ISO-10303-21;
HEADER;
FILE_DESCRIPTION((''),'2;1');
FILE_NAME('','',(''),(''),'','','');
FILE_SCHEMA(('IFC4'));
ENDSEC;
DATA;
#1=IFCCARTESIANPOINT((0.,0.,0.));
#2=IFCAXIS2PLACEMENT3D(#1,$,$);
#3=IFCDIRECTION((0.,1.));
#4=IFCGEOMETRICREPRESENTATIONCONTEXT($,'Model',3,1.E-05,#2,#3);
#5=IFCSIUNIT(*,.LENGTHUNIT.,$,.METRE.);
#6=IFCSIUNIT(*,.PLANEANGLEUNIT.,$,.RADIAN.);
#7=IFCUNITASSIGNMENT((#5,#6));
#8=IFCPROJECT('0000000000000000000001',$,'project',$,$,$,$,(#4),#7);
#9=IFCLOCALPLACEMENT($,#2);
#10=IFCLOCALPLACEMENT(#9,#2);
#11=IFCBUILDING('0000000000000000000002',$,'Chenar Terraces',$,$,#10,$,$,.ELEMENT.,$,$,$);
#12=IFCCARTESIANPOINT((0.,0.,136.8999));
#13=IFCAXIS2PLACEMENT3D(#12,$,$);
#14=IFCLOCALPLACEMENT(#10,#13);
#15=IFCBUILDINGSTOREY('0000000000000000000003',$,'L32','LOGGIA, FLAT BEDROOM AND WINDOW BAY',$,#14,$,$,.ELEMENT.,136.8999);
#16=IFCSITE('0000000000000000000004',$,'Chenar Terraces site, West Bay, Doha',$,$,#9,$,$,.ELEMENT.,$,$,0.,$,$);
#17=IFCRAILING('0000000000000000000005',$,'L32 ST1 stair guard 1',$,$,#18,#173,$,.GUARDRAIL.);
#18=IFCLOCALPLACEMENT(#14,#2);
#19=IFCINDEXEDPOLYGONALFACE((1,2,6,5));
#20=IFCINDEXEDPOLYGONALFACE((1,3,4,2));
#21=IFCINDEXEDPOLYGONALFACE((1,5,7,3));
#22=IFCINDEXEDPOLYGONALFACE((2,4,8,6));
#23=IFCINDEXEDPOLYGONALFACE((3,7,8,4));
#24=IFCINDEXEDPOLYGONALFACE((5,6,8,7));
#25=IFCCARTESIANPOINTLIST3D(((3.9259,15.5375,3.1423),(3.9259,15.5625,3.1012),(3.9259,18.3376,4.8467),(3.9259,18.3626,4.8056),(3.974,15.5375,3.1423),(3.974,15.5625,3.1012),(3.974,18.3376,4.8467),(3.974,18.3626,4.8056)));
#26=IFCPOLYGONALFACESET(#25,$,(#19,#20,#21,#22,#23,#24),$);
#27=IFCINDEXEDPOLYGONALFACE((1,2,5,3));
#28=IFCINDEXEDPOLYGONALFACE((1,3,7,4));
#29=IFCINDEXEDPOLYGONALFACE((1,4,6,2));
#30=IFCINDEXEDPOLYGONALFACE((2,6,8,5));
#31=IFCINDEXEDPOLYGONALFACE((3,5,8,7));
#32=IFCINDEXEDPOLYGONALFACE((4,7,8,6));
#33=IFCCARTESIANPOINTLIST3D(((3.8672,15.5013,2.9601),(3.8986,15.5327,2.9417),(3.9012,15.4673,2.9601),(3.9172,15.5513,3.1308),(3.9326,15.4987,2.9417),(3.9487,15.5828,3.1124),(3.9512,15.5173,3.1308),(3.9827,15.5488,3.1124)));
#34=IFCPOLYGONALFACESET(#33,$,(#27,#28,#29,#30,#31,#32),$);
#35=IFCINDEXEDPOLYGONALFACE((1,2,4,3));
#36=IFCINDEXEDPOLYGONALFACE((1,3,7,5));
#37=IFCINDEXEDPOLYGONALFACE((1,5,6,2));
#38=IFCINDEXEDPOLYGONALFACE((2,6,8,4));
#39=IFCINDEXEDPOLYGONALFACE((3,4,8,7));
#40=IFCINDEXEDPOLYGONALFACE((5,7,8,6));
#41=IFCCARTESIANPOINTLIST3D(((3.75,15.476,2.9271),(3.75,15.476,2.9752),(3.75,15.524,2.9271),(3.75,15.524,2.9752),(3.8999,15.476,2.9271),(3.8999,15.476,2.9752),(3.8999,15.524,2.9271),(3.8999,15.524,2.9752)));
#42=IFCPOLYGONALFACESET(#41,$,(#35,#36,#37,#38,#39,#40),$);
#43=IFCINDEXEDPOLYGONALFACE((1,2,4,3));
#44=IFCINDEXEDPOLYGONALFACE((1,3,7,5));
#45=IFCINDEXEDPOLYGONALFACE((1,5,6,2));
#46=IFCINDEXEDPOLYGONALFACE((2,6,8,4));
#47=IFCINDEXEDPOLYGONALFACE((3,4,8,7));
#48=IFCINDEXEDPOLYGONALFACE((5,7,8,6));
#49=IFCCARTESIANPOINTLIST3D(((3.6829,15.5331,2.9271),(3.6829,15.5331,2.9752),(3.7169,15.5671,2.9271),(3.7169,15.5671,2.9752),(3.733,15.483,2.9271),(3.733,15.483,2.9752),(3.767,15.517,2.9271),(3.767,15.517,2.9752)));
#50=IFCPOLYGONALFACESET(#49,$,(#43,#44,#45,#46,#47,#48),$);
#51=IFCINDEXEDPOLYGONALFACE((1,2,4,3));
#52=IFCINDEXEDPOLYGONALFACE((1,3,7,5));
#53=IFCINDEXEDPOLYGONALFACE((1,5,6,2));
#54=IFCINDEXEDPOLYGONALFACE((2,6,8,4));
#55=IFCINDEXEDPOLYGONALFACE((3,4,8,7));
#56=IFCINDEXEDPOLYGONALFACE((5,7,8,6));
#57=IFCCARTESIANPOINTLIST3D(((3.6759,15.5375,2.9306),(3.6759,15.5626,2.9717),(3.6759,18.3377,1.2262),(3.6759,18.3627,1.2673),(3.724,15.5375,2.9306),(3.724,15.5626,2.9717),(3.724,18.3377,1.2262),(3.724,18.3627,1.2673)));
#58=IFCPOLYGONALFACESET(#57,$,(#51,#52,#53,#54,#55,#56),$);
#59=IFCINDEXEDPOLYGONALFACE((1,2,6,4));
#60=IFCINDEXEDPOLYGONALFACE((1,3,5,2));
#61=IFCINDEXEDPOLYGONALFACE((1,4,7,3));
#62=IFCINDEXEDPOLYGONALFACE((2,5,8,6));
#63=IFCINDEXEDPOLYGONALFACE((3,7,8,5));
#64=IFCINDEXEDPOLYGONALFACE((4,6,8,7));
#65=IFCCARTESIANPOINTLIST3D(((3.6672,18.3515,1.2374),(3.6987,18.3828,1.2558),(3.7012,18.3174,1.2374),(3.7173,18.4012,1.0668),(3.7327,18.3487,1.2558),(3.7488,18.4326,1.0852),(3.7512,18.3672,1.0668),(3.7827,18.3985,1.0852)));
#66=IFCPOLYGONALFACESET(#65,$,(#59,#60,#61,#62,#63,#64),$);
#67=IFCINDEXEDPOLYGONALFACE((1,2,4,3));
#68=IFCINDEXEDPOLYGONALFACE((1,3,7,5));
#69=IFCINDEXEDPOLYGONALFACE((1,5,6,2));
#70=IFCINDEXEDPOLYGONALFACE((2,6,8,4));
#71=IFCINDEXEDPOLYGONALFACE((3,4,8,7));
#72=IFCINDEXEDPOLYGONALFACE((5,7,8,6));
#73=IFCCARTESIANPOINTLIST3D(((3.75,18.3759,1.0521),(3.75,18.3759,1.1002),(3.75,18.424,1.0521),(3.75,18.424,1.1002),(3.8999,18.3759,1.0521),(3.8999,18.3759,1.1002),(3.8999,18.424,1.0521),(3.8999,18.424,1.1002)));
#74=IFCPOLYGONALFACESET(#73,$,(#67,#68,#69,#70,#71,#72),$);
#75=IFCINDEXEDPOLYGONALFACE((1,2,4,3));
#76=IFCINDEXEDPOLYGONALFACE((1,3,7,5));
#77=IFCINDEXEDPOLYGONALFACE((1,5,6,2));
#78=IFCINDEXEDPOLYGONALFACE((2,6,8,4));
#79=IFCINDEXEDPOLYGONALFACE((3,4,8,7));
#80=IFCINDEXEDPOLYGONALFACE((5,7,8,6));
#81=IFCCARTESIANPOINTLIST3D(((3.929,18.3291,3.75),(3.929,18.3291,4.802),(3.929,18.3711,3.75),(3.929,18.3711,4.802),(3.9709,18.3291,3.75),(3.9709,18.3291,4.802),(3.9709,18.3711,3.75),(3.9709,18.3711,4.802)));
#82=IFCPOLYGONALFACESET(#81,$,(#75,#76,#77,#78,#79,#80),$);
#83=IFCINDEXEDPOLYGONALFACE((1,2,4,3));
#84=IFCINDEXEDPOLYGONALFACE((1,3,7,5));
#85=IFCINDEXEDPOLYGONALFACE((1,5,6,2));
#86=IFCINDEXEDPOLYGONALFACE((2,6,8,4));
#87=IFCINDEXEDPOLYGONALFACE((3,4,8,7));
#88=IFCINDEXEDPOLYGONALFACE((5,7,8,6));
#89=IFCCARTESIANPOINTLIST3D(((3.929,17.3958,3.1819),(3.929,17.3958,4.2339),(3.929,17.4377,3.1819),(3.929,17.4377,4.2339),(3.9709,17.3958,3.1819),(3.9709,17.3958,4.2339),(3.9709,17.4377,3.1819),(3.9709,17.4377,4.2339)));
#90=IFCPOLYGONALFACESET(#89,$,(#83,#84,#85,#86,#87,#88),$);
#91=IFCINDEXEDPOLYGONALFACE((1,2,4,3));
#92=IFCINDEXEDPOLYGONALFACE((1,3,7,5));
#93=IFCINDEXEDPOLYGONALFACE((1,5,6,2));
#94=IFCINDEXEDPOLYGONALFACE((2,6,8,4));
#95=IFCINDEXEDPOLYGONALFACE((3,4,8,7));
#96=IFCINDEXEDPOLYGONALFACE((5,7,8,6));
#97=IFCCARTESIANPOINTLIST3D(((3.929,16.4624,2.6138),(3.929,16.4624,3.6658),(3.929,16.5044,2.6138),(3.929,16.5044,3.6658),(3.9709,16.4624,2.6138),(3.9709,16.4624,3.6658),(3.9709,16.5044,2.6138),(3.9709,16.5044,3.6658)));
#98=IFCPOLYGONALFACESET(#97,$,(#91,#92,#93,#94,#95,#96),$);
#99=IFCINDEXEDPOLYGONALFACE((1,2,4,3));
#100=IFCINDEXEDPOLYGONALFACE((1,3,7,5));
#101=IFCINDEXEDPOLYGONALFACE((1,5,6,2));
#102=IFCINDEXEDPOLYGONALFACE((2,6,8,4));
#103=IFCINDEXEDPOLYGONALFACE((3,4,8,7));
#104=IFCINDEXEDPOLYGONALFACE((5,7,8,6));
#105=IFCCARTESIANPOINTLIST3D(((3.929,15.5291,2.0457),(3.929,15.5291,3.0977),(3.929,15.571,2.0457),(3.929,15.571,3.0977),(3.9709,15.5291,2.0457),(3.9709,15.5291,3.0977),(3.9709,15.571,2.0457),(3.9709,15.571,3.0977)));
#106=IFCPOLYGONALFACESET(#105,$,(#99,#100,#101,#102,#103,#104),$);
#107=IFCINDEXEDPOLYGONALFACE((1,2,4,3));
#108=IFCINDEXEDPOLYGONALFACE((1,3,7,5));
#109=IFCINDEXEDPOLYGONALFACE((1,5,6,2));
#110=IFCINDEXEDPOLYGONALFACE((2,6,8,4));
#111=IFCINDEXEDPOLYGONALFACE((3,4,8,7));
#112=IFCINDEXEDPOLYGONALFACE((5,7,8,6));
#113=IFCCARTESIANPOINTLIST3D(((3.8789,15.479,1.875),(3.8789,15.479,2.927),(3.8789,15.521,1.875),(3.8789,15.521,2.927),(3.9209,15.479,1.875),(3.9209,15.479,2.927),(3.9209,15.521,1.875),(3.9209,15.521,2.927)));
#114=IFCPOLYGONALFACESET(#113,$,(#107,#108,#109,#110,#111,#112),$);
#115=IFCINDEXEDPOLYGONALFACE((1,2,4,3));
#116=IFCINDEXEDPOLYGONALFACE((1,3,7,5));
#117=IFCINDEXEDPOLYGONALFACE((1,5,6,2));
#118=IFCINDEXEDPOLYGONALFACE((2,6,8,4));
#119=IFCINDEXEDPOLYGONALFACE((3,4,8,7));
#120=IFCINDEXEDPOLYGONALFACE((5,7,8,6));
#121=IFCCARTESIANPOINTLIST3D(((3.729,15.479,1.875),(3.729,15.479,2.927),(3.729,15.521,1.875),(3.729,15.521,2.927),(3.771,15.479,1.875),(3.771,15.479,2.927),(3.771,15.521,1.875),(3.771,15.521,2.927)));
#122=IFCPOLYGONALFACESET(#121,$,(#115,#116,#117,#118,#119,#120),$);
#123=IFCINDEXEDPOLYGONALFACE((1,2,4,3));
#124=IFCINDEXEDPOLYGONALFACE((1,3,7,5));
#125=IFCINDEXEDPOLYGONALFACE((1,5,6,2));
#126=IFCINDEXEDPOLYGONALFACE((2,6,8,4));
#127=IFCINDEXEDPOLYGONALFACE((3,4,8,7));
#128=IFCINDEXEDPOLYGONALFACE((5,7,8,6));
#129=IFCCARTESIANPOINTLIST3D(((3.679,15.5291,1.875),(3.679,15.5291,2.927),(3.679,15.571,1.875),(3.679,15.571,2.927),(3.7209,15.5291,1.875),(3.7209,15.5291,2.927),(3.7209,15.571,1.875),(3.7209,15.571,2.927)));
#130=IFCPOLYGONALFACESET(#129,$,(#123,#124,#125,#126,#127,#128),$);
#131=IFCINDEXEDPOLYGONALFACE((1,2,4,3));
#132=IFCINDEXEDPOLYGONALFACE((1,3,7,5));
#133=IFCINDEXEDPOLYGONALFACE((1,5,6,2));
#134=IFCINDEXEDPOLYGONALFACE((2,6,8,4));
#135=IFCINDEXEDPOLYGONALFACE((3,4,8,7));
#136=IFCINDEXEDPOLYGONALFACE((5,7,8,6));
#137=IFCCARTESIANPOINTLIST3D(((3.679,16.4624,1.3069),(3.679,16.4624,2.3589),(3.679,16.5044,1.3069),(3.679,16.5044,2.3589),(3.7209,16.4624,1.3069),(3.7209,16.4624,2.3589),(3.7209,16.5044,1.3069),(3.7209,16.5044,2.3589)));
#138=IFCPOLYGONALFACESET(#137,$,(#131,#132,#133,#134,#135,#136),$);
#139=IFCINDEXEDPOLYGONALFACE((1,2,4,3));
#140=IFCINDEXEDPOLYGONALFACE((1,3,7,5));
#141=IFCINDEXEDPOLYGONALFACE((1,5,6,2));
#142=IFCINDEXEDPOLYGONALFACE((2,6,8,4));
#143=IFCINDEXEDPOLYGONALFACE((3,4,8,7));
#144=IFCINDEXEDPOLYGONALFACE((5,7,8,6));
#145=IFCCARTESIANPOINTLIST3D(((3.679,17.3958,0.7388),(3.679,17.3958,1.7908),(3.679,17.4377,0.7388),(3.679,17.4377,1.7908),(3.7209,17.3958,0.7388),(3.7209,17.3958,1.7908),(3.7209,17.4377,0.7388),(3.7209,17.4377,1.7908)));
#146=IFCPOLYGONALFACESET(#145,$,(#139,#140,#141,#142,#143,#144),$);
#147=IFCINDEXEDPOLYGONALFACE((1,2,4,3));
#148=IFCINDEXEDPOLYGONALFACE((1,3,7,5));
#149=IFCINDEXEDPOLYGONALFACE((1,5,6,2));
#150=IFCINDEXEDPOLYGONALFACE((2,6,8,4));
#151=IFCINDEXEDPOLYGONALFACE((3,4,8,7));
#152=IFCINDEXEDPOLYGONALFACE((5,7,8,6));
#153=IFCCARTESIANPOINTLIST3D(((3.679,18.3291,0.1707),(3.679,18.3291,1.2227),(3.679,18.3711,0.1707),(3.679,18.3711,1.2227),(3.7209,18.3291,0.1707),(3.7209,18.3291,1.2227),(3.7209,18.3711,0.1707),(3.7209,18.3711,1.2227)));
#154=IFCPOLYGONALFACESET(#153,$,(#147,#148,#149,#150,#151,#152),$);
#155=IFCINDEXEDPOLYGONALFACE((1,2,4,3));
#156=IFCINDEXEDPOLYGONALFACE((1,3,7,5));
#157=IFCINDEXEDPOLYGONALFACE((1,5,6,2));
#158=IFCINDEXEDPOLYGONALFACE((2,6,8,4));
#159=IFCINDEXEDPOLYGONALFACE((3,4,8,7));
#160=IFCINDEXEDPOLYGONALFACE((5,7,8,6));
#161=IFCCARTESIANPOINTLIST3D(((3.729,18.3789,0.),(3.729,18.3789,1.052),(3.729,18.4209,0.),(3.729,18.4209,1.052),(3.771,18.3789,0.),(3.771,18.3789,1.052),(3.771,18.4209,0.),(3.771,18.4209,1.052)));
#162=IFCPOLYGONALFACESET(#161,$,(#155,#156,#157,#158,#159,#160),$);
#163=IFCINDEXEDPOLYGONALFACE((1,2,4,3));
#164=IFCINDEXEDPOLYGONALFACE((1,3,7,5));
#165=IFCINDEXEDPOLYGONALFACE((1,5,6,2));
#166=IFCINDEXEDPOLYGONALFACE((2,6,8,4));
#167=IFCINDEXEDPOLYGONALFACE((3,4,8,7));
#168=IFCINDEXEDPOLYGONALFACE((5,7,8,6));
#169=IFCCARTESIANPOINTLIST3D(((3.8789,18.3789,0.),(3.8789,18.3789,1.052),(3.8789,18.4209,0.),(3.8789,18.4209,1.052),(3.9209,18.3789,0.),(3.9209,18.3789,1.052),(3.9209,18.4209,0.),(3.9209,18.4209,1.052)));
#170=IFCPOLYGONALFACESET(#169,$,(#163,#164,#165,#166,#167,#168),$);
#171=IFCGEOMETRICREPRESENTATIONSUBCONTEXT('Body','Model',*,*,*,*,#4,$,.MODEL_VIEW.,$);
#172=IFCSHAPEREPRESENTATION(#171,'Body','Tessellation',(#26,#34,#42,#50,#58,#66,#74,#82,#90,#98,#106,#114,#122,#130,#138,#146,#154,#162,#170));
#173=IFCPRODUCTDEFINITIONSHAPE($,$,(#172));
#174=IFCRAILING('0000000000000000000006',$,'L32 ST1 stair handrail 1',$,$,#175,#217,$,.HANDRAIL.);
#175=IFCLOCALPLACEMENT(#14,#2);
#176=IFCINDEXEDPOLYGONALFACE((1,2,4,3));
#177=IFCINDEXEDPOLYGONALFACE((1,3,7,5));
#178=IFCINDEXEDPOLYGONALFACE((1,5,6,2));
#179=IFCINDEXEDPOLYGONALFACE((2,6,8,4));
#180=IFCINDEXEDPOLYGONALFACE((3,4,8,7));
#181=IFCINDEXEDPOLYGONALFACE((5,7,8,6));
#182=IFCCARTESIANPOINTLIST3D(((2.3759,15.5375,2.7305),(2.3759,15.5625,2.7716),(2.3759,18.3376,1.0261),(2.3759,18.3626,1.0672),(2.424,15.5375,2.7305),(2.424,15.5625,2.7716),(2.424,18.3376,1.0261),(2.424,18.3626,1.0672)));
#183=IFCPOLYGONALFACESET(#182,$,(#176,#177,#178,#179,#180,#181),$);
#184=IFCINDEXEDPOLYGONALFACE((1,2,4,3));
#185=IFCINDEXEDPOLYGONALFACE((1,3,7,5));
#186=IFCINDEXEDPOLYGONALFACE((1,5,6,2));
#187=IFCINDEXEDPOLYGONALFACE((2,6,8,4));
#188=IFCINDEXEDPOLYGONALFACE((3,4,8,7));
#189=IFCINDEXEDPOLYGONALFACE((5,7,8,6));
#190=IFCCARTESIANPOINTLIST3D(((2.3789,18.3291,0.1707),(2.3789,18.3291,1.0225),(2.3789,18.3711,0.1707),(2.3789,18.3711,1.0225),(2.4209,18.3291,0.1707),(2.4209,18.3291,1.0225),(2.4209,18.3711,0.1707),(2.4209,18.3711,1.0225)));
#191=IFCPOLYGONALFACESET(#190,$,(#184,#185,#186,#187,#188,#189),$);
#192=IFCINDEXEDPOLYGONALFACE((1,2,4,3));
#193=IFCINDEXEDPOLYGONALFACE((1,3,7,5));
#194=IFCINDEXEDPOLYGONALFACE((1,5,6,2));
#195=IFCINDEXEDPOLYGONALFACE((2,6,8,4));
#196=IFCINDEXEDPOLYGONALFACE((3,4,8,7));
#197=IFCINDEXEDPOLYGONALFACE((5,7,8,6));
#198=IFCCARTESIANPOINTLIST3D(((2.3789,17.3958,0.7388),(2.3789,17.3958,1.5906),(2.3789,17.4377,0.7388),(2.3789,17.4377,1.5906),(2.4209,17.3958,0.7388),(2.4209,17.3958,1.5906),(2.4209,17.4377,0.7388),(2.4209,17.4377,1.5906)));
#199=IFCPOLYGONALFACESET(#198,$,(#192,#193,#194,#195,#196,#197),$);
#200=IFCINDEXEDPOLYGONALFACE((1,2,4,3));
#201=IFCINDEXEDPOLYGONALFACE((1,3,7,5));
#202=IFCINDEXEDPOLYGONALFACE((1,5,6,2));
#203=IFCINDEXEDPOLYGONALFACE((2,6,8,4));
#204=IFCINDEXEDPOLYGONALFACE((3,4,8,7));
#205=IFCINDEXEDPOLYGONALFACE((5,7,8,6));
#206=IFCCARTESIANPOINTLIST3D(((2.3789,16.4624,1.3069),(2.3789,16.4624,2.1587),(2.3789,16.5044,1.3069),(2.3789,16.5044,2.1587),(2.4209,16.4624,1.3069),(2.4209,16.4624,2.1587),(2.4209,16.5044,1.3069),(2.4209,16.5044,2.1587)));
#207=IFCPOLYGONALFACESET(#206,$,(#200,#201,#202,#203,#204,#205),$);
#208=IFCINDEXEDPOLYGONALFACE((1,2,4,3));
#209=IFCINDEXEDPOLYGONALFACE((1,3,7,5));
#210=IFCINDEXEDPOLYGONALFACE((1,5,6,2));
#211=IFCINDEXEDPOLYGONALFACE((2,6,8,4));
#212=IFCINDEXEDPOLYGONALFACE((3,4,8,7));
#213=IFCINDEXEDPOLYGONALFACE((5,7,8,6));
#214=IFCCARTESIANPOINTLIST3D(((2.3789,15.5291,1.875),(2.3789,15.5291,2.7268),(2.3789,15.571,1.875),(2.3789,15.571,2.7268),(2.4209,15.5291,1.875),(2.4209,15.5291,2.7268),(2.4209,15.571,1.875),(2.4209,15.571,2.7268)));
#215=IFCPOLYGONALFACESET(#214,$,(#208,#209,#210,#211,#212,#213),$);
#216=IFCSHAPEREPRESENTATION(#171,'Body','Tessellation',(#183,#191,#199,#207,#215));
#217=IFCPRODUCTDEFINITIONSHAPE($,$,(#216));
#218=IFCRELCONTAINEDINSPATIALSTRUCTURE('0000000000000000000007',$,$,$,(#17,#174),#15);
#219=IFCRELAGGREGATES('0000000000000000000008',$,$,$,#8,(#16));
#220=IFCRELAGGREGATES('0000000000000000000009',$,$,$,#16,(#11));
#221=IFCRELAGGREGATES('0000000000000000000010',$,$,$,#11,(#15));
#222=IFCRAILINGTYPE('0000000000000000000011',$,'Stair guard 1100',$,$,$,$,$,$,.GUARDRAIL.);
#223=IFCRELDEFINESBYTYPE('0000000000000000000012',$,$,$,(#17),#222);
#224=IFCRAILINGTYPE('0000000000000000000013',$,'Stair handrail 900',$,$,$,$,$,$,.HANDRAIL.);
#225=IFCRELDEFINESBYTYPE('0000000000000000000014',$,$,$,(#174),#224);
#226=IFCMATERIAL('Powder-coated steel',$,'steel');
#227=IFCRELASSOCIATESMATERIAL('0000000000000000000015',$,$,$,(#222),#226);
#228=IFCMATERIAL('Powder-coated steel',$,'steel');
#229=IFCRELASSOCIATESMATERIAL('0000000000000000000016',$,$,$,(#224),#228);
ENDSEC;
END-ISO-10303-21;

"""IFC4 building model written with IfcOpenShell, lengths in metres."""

from ifc_helpers import new_model, si_unit, direction, frame, origin, origin_2d, place, context, subcontext, project, spatial, rectangle, extrude, material, type_object, element, save


model = new_model("IFC4")

# Units and contexts
model_context = context("Model", 3, precision=1e-05, world=origin(), true_north=direction((0.0, 1.0)))
body_context = subcontext(model_context, "Body", "Model", "MODEL_VIEW")
ifc_project = project(units=[si_unit("LENGTHUNIT", "METRE"), si_unit("PLANEANGLEUNIT", "RADIAN")], contexts=[model_context])

# Site, building, storey
site_placement = place(None, origin())
site = spatial("IfcSite", under=ifc_project, at=site_placement, Name="Chenar Terraces site, West Bay, Doha", CompositionType="ELEMENT", RefElevation=0.0)
building_placement = place(site_placement, origin())
building = spatial("IfcBuilding", under=site, at=building_placement, Name="Chenar Terraces", CompositionType="ELEMENT")
storey_placement = place(building_placement, frame((0.0, 0.0, 136.8999)))
storey = spatial("IfcBuildingStorey", under=building, at=storey_placement, Name="L32", Description="LOGGIA, FLAT BEDROOM AND WINDOW BAY", CompositionType="ELEMENT", Elevation=136.8999)

# Railings
ifc_material_1 = material(Name="Powder-coated steel", Category="steel")
railing_type_1 = type_object("IfcRailingType", Name="Stair guard 1100", PredefinedType="GUARDRAIL", material=ifc_material_1)
railing_1_placement = place(storey_placement, frame((3.95, 18.3501, 3.75)))
element("IfcRailing", 1, at=railing_1_placement, inside=storey, type_object=railing_type_1, Name="L32 ST1 stair guard 1", PredefinedType="GUARDRAIL", context=body_context, shape_type="SweptSolid", body=[
    extrude(rectangle(XDim=0.0481, YDim=0.0481, at=origin_2d()), frame((0.0, 0.0, 1.0762), z_axis=(0.0, -0.854203, -0.51994), x_axis=(1.0, 0.0, 0.0)), (0.0, 0.0, 1.0), 3.2781),
    extrude(rectangle(XDim=0.0481, YDim=0.0481, at=origin_2d()), frame((0.0, -2.8, -0.6284), z_axis=(-0.2709, -0.2709, -0.923703), x_axis=(0.707107, -0.707107, 0.0)), (0.0, 0.0, 1.0), 0.1848),
    extrude(rectangle(XDim=0.0481, YDim=0.0481, at=origin_2d()), frame((-0.05, -2.8501, -0.7988), z_axis=(-1.0, 0.0, 0.0), x_axis=(0.0, -1.0, 0.0)), (0.0, 0.0, 1.0), 0.1499),
    extrude(rectangle(XDim=0.0481, YDim=0.0481, at=origin_2d()), frame((-0.2, -2.8501, -0.7988), z_axis=(-0.707107, 0.707107, 0.0), x_axis=(-0.707107, -0.707107, 0.0)), (0.0, 0.0, 1.0), 0.0708),
    extrude(rectangle(XDim=0.0481, YDim=0.0481, at=origin_2d()), frame((-0.25, -2.8, -0.7988), z_axis=(0.0, 0.854203, -0.51994), x_axis=(-1.0, 0.0, 0.0)), (0.0, 0.0, 1.0), 3.2781),
    extrude(rectangle(XDim=0.0481, YDim=0.0481, at=origin_2d()), frame((-0.25, 0.0, -2.5034), z_axis=(0.270997, 0.269675, -0.924033), x_axis=(-0.705376, 0.708834, 0.0)), (0.0, 0.0, 1.0), 0.1846),
    extrude(rectangle(XDim=0.0481, YDim=0.0481, at=origin_2d()), frame((-0.2, 0.0498, -2.6738), z_axis=(1.0, 0.0, 0.0), x_axis=(0.0, 1.0, 0.0)), (0.0, 0.0, 1.0), 0.1499),
    extrude(rectangle(XDim=0.042, YDim=0.042, at=origin_2d()), origin(), (0.0, 0.0, 1.0), 1.052),
    extrude(rectangle(XDim=0.042, YDim=0.042, at=origin_2d()), frame((0.0, -0.9333, -0.5681)), (0.0, 0.0, 1.0), 1.052),
    extrude(rectangle(XDim=0.042, YDim=0.042, at=origin_2d()), frame((0.0, -1.8667, -1.1362)), (0.0, 0.0, 1.0), 1.052),
    extrude(rectangle(XDim=0.042, YDim=0.042, at=origin_2d()), frame((0.0, -2.8, -1.7043)), (0.0, 0.0, 1.0), 1.052),
    extrude(rectangle(XDim=0.042, YDim=0.042, at=origin_2d()), frame((-0.05, -2.8501, -1.875)), (0.0, 0.0, 1.0), 1.052),
    extrude(rectangle(XDim=0.042, YDim=0.042, at=origin_2d()), frame((-0.2, -2.8501, -1.875)), (0.0, 0.0, 1.0), 1.052),
    extrude(rectangle(XDim=0.042, YDim=0.042, at=origin_2d()), frame((-0.25, -2.8, -1.875)), (0.0, 0.0, 1.0), 1.052),
    extrude(rectangle(XDim=0.042, YDim=0.042, at=origin_2d()), frame((-0.25, -1.8667, -2.4431)), (0.0, 0.0, 1.0), 1.052),
    extrude(rectangle(XDim=0.042, YDim=0.042, at=origin_2d()), frame((-0.25, -0.9333, -3.0112)), (0.0, 0.0, 1.0), 1.052),
    extrude(rectangle(XDim=0.042, YDim=0.042, at=origin_2d()), frame((-0.25, 0.0, -3.5793)), (0.0, 0.0, 1.0), 1.052),
    extrude(rectangle(XDim=0.042, YDim=0.042, at=origin_2d()), frame((-0.2, 0.0498, -3.75)), (0.0, 0.0, 1.0), 1.052),
    extrude(rectangle(XDim=0.042, YDim=0.042, at=origin_2d()), frame((-0.05, 0.0498, -3.75)), (0.0, 0.0, 1.0), 1.052),
])
ifc_material_2 = material(Name="Powder-coated steel", Category="steel")
railing_type_2 = type_object("IfcRailingType", Name="Stair handrail 900", PredefinedType="HANDRAIL", material=ifc_material_2)
railing_2_placement = place(storey_placement, frame((2.3999, 18.3501, 0.1707)))
element("IfcRailing", 2, at=railing_2_placement, inside=storey, type_object=railing_type_2, Name="L32 ST1 stair handrail 1", PredefinedType="HANDRAIL", context=body_context, shape_type="SweptSolid", body=[
    extrude(rectangle(XDim=0.0481, YDim=0.0481, at=origin_2d()), frame((0.0, 0.0, 0.876), z_axis=(0.0, -0.854203, 0.51994), x_axis=(1.0, 0.0, 0.0)), (0.0, 0.0, 1.0), 3.2781),
    extrude(rectangle(XDim=0.042, YDim=0.042, at=origin_2d()), origin(), (0.0, 0.0, 1.0), 0.8518),
    extrude(rectangle(XDim=0.042, YDim=0.042, at=origin_2d()), frame((0.0, -0.9333, 0.5681)), (0.0, 0.0, 1.0), 0.8518),
    extrude(rectangle(XDim=0.042, YDim=0.042, at=origin_2d()), frame((0.0, -1.8667, 1.1362)), (0.0, 0.0, 1.0), 0.8518),
    extrude(rectangle(XDim=0.042, YDim=0.042, at=origin_2d()), frame((0.0, -2.8, 1.7043)), (0.0, 0.0, 1.0), 0.8518),
])

save(model, "model.ifc")
